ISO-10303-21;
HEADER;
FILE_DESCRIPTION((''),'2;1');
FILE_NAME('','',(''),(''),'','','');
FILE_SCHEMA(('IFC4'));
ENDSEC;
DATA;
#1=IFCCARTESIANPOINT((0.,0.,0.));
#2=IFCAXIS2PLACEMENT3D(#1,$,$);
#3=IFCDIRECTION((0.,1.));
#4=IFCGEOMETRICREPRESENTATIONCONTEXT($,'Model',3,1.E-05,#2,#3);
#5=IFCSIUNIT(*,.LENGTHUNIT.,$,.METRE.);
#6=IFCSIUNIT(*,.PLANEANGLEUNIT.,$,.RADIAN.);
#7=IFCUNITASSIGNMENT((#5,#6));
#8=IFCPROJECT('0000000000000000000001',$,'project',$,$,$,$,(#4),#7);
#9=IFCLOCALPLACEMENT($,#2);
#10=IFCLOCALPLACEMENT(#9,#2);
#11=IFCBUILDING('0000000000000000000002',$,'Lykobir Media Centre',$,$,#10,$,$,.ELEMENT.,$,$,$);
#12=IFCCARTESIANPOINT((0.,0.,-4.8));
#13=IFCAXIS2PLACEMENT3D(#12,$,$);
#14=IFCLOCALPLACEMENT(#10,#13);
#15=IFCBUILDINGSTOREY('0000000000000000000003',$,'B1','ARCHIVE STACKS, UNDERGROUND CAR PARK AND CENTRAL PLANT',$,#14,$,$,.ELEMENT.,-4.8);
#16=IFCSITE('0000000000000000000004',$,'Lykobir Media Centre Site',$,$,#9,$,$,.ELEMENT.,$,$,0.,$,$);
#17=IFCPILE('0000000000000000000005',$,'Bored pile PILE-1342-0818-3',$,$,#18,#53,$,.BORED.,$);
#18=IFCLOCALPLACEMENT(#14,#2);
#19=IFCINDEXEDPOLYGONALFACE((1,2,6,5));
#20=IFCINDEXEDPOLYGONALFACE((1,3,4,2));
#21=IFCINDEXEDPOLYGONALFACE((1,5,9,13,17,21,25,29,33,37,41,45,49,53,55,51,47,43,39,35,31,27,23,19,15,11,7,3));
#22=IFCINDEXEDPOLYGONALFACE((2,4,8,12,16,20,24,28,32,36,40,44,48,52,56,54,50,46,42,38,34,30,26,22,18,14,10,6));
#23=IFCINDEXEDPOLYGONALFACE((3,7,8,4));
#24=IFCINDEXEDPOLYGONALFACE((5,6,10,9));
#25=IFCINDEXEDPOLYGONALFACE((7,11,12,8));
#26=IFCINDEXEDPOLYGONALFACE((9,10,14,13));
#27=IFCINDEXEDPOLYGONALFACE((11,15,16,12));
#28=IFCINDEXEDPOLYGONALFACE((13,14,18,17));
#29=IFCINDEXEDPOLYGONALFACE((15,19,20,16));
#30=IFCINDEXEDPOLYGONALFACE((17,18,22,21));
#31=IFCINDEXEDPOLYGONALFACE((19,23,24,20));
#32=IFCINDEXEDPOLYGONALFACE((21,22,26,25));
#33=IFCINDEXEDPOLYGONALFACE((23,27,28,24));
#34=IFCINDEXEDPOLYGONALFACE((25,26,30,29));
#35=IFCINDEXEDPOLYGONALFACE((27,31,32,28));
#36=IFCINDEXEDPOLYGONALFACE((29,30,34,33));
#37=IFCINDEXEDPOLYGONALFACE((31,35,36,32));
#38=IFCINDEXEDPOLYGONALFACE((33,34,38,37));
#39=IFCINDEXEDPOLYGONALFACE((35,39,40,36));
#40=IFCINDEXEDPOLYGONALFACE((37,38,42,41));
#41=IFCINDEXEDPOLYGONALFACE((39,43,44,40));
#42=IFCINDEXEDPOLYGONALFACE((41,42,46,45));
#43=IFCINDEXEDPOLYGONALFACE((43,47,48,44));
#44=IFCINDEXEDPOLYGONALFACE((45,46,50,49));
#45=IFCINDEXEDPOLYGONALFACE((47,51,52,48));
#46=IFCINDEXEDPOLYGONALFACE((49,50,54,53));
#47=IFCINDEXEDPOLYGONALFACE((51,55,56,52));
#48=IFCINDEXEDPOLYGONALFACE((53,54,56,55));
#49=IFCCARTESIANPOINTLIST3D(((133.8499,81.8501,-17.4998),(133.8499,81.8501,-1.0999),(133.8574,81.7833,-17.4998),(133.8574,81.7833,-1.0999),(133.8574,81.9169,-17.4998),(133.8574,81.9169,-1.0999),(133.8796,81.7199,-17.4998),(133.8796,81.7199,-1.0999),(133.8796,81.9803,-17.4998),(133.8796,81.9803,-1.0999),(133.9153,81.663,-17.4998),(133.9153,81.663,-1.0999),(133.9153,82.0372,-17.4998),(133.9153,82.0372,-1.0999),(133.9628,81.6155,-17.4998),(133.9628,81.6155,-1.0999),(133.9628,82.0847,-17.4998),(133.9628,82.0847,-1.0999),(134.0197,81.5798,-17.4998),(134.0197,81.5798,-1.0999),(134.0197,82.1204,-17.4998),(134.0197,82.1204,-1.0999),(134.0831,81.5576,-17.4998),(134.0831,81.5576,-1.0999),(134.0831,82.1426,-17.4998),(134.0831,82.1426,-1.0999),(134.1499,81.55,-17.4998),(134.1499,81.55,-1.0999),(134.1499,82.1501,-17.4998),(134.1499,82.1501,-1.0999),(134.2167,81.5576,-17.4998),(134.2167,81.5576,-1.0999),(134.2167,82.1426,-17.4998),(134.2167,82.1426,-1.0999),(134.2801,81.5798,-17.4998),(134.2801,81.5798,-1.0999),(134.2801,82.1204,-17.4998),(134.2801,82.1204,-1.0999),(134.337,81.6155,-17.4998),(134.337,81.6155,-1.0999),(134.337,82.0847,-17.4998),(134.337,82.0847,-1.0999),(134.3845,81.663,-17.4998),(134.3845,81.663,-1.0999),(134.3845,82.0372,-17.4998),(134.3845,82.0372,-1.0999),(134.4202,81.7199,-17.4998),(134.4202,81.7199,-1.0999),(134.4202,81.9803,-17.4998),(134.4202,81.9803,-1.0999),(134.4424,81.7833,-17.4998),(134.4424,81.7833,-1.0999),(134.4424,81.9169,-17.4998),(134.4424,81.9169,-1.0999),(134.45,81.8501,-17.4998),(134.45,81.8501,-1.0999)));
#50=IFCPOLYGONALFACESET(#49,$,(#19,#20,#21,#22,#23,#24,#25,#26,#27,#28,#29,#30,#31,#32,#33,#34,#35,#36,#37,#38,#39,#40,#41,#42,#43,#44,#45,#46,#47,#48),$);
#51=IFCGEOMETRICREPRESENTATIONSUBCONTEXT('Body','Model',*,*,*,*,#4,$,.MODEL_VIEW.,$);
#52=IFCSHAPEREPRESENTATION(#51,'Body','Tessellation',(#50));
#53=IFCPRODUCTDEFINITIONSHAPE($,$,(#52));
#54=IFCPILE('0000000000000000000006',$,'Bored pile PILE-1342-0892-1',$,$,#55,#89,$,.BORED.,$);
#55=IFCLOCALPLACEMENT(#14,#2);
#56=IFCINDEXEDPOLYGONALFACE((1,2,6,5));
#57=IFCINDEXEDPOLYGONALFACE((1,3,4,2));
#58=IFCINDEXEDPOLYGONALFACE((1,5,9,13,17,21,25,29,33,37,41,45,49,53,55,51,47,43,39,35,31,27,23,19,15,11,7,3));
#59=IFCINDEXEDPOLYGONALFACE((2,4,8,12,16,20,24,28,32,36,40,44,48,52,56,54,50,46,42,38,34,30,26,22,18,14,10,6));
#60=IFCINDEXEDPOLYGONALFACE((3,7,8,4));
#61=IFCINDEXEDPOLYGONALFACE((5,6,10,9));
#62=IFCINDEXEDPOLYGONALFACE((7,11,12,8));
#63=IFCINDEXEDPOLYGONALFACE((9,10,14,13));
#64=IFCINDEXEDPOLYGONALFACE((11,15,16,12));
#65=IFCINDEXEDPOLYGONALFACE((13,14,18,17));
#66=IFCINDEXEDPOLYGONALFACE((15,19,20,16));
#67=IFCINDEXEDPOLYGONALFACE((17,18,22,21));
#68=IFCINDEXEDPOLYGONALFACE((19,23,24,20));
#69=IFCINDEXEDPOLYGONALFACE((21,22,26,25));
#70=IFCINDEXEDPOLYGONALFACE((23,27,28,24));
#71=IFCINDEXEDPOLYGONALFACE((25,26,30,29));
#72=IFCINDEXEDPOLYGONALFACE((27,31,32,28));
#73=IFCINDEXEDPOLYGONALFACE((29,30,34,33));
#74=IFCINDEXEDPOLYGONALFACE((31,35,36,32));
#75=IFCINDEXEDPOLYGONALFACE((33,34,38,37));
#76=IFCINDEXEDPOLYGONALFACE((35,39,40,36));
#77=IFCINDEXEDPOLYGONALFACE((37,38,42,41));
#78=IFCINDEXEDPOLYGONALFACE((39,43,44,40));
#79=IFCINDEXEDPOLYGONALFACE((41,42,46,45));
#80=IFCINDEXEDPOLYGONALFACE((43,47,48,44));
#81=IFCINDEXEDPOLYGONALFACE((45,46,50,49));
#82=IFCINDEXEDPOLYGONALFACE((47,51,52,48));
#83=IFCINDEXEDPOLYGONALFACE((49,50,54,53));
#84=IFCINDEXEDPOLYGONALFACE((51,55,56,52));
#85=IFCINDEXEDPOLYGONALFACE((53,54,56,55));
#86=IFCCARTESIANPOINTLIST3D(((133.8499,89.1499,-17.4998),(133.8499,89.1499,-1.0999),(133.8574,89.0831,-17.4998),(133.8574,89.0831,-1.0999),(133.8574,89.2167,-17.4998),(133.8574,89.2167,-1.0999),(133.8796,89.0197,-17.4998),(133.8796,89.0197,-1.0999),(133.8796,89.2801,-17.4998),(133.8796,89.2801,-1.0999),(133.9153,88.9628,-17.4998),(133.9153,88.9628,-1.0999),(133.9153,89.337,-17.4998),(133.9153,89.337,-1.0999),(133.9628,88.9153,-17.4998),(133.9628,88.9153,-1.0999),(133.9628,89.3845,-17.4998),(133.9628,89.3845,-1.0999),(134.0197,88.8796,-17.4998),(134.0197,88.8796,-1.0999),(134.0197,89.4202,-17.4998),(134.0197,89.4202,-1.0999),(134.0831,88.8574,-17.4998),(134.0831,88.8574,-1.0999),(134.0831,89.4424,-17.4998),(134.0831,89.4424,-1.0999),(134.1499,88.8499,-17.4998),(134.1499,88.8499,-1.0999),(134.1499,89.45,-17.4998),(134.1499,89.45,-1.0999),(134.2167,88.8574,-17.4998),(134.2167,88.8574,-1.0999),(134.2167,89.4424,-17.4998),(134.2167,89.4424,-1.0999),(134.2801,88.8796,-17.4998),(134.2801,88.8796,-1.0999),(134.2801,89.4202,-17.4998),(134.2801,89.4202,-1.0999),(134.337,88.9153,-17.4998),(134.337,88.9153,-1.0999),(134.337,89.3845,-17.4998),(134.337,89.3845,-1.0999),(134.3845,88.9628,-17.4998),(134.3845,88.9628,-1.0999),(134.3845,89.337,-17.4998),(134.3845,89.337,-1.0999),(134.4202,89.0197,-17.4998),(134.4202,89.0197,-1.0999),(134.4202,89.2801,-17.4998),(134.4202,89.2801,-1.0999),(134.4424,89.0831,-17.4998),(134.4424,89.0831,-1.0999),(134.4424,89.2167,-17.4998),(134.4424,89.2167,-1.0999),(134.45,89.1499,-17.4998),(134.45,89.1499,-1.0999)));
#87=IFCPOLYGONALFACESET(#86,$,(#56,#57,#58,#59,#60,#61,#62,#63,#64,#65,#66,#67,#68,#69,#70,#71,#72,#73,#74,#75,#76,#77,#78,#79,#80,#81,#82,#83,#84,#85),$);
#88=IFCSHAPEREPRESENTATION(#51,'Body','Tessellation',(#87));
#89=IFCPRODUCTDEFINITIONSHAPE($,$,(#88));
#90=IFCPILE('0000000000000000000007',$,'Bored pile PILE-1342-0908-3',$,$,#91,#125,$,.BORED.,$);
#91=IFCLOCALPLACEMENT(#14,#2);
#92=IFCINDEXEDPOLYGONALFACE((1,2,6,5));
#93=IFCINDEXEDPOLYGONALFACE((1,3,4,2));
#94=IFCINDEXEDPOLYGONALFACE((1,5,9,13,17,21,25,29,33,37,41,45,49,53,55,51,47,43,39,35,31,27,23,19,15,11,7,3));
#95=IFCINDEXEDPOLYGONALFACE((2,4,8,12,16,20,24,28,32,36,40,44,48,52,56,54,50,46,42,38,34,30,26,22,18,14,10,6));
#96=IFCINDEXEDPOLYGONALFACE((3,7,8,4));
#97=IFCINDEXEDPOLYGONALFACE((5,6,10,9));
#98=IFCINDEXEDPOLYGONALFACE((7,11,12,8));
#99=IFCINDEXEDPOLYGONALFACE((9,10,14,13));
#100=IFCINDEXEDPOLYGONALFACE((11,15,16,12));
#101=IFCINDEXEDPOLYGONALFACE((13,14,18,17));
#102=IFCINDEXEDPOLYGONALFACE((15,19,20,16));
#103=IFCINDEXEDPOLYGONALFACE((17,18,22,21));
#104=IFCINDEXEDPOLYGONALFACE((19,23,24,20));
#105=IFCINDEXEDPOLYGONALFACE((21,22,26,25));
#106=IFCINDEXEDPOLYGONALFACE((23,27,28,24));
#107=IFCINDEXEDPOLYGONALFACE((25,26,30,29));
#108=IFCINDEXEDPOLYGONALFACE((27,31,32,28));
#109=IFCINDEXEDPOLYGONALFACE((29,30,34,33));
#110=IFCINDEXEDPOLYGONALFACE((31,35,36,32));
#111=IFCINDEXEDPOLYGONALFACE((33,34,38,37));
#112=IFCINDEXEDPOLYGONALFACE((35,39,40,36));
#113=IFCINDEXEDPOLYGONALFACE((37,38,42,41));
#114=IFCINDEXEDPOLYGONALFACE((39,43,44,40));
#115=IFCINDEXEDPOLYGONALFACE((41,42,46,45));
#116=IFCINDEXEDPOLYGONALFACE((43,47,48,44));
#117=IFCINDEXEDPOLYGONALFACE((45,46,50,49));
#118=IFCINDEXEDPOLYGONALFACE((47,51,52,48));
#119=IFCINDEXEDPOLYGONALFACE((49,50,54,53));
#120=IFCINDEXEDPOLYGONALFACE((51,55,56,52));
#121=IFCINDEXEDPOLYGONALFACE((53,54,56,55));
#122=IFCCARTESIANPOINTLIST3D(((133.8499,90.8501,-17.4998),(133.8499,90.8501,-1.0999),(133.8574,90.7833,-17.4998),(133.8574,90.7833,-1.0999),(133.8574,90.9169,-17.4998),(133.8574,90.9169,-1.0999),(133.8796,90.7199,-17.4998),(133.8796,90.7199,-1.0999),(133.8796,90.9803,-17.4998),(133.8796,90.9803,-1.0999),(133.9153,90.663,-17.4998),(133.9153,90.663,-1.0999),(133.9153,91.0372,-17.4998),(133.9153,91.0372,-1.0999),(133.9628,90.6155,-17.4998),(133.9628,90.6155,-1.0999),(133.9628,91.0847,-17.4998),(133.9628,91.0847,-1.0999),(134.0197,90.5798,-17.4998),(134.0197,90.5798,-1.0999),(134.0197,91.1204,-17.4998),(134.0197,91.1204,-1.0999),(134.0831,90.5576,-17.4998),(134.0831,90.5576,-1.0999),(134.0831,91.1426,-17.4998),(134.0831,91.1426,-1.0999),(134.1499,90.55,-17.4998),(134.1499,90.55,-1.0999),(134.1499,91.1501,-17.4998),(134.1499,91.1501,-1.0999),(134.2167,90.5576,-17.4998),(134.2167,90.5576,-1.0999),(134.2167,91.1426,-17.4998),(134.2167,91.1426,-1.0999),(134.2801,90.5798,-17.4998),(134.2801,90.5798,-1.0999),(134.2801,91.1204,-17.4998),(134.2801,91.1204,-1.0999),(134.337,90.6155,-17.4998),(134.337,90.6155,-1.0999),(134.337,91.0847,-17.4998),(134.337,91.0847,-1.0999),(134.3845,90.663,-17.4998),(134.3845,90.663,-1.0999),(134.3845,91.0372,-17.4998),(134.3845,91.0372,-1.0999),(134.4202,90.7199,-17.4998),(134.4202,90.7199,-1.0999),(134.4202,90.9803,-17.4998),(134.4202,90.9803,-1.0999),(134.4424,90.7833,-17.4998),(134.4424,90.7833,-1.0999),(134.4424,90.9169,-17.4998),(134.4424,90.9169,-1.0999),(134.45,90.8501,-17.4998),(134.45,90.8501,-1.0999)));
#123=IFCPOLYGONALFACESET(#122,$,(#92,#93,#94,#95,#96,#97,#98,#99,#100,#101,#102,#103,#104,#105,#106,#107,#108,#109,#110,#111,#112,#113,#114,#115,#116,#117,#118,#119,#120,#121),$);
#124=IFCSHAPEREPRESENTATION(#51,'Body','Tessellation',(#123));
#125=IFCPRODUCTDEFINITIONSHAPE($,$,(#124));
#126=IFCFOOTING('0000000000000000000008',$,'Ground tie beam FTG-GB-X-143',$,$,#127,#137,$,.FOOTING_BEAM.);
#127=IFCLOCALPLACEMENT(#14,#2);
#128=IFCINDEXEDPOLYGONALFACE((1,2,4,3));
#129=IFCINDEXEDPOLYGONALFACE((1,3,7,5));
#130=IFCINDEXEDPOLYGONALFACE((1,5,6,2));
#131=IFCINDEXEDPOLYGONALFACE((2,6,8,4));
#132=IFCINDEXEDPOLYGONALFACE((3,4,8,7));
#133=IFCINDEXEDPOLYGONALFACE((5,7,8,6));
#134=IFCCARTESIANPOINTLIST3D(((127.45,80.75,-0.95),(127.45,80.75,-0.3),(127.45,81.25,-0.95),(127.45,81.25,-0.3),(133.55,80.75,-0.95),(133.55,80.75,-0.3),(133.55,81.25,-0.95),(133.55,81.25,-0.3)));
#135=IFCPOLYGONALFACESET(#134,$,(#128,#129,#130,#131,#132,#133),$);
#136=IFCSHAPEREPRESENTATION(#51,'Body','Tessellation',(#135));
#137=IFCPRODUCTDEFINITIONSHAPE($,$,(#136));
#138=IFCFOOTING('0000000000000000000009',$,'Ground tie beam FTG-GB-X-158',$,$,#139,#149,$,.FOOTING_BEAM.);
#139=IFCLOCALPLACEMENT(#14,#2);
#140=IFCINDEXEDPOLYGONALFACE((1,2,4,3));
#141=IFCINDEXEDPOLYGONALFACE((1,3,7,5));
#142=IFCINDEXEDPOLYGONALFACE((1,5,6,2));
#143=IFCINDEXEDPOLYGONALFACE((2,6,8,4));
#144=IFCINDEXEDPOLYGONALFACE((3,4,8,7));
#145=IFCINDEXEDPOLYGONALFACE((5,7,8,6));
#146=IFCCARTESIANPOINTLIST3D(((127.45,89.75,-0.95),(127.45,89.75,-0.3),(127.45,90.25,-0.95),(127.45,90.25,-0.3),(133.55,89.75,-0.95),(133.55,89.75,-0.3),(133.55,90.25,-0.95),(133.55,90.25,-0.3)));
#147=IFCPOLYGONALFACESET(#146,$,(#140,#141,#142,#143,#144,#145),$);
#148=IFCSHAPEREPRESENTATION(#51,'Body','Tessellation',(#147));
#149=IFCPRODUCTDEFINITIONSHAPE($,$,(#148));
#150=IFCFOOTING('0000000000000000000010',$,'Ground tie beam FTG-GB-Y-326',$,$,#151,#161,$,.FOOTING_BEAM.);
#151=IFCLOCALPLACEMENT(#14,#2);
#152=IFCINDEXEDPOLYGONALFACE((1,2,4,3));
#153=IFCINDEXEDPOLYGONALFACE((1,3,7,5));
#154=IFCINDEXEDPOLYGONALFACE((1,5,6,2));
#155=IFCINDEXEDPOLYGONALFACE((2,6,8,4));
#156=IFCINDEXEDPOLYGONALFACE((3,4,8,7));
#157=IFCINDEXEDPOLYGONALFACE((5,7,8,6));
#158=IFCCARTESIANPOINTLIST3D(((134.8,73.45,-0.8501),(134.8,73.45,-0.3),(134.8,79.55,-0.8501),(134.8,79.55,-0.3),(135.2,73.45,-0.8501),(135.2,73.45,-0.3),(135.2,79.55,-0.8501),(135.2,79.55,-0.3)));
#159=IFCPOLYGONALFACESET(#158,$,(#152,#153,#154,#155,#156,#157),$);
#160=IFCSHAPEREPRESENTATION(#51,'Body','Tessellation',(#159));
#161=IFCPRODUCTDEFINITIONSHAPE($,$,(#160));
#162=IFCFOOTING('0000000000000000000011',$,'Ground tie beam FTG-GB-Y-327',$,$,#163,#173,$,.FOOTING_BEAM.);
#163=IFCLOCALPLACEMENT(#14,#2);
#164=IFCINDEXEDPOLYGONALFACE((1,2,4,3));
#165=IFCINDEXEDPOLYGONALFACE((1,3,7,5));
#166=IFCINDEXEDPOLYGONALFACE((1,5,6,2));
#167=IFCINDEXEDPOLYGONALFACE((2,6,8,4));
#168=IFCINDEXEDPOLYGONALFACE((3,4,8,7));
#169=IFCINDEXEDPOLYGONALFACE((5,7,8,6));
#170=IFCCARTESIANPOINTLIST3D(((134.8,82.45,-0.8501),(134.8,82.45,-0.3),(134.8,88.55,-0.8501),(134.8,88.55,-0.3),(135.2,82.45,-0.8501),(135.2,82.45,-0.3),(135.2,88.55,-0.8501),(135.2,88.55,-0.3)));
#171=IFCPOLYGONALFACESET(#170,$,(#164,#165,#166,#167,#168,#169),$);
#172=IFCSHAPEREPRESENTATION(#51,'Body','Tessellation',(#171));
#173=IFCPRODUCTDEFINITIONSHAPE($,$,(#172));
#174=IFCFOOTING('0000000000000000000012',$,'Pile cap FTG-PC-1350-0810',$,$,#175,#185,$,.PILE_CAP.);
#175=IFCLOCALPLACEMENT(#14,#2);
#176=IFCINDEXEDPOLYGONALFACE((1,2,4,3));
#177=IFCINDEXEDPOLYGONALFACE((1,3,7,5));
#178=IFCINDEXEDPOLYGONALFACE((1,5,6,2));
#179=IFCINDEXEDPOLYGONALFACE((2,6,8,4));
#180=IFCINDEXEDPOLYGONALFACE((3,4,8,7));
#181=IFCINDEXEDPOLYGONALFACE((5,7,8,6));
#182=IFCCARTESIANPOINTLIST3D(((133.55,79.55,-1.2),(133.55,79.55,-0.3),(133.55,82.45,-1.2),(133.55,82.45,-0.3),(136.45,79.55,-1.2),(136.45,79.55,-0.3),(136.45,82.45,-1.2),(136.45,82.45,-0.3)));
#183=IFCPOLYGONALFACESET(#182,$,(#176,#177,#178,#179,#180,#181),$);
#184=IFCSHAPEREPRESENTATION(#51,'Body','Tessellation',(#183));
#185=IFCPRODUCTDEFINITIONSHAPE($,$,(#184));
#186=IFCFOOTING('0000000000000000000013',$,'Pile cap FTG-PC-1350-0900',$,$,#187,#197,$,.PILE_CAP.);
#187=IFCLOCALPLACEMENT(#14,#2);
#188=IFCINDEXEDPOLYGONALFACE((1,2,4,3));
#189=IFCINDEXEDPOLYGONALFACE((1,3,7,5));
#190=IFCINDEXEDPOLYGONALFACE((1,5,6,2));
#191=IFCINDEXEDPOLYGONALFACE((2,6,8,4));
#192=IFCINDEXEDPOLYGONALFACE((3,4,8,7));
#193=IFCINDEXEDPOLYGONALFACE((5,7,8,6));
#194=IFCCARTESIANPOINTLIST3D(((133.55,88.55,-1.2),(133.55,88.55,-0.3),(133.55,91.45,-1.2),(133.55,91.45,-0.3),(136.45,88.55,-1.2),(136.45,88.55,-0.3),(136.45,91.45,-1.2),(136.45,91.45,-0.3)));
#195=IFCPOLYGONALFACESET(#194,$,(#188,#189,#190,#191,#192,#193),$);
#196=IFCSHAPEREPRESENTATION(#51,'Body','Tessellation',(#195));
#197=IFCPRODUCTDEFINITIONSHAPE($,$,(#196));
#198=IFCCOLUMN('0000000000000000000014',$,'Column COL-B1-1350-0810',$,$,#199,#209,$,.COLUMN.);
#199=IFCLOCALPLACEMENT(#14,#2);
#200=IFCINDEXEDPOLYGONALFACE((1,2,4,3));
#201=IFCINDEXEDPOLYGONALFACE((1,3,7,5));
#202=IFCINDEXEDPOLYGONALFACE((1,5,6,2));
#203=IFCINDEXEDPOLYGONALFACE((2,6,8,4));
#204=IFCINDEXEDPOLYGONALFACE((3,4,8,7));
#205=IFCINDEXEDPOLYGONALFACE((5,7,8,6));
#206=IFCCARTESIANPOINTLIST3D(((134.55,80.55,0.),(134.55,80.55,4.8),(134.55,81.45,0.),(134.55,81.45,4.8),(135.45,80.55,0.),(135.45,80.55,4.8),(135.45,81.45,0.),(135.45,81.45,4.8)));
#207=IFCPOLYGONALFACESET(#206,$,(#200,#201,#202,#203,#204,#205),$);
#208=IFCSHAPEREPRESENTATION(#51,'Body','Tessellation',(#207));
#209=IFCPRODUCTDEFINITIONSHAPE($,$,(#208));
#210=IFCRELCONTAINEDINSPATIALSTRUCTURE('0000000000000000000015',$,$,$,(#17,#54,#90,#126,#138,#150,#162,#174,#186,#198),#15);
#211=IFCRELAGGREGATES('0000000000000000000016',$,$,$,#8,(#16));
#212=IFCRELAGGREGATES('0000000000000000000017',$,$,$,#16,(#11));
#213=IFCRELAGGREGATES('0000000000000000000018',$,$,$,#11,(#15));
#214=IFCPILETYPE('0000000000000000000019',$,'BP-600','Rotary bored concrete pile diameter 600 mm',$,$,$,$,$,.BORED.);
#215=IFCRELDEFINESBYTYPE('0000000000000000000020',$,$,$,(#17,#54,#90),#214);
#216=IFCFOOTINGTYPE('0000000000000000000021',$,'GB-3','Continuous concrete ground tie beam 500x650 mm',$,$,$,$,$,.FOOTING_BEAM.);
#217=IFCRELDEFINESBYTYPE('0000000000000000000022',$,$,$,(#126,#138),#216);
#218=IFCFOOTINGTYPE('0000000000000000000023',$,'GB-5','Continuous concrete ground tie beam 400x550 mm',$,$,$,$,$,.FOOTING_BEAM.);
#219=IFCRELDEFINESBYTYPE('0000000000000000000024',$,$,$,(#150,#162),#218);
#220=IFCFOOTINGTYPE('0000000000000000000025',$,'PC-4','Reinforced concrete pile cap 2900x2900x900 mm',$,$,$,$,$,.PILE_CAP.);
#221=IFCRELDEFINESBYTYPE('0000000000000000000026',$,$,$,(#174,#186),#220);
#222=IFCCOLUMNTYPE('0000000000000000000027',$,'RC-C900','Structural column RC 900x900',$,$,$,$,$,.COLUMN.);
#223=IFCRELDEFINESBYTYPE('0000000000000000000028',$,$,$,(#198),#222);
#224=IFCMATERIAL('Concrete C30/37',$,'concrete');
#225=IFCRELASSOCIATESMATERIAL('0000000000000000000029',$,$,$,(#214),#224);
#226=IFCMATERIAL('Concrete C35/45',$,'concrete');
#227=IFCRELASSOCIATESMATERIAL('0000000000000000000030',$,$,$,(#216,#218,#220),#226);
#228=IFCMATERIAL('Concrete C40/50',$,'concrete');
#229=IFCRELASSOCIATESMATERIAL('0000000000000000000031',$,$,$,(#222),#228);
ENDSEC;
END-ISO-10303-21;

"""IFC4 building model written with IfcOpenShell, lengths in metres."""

from ifc_helpers import new_model, si_unit, direction, frame, origin, origin_2d, place, context, subcontext, project, spatial, rectangle, circle, extrude, material, material_profile, profile_set, type_object, element, save


model = new_model("IFC4")

# Units and contexts
model_context = context("Model", 3, precision=1e-05, world=origin(), true_north=direction((0.0, 1.0)))
body_context = subcontext(model_context, "Body", "Model", "MODEL_VIEW")
ifc_project = project(units=[si_unit("LENGTHUNIT", "METRE"), si_unit("PLANEANGLEUNIT", "RADIAN")], contexts=[model_context])

# Site, building, storey
site_placement = place(None, origin())
site = spatial("IfcSite", under=ifc_project, at=site_placement, Name="Lykobir Media Centre Site", CompositionType="ELEMENT", RefElevation=0.0)
building_placement = place(site_placement, origin())
building = spatial("IfcBuilding", under=site, at=building_placement, Name="Lykobir Media Centre", CompositionType="ELEMENT")
storey_placement = place(building_placement, frame((0.0, 0.0, -4.8)))
storey = spatial("IfcBuildingStorey", under=building, at=storey_placement, Name="B1", Description="ARCHIVE STACKS, UNDERGROUND CAR PARK AND CENTRAL PLANT", CompositionType="ELEMENT", Elevation=-4.8)

# Piles
ifc_material_1 = material(Name="Concrete C30/37", Category="concrete")
ifc_material_profile_1 = material_profile(ifc_material_1, circle(Radius=0.3, at=origin_2d()), Name="BORED PILE D600")
ifc_profile_set_1 = profile_set([ifc_material_profile_1], Name="Concrete C30/37")
pile_type = type_object("IfcPileType", Name="BP-600", Description="Rotary bored concrete pile diameter 600 mm", PredefinedType="BORED", material=ifc_profile_set_1)
for number, where, z_axis, x_axis, name in (
    (1, (134.1499, 81.8501, -1.0999), (0.0, 0.0, -1.0), (1.0, 0.0, 0.0), "Bored pile PILE-1342-0818-3"),
    (2, (134.1499, 89.1499, -1.0999), (0.0, 0.0, -1.0), (1.0, 0.0, 0.0), "Bored pile PILE-1342-0892-1"),
    (3, (134.1499, 90.8501, -1.0999), (0.0, 0.0, -1.0), (1.0, 0.0, 0.0), "Bored pile PILE-1342-0908-3"),
):
    element("IfcPile", number, at=place(storey_placement, frame(where, z_axis=z_axis, x_axis=x_axis)), inside=storey, type_object=pile_type, Name=name, PredefinedType="BORED", context=body_context, shape_type="SweptSolid", body=[
        extrude(circle(Radius=0.3, at=origin_2d()), origin(), (0.0, 0.0, 1.0), 16.3999),
    ])

# Footings
ifc_material_2 = material(Name="Concrete C35/45", Category="concrete")
footing_type_1 = type_object("IfcFootingType", Name="GB-3", Description="Continuous concrete ground tie beam 500x650 mm", PredefinedType="FOOTING_BEAM", material=ifc_material_2)
for number, where, z_axis, x_axis, name in (
    (4, (130.5, 81.0, -0.95), (0.0, 0.0, 1.0), (1.0, 0.0, 0.0), "Ground tie beam FTG-GB-X-143"),
    (5, (130.5, 90.0, -0.95), (0.0, 0.0, 1.0), (1.0, 0.0, 0.0), "Ground tie beam FTG-GB-X-158"),
):
    element("IfcFooting", number, at=place(storey_placement, frame(where, z_axis=z_axis, x_axis=x_axis)), inside=storey, type_object=footing_type_1, Name=name, PredefinedType="FOOTING_BEAM", context=body_context, shape_type="SweptSolid", body=[
        extrude(rectangle(XDim=6.1001, YDim=0.5, at=origin_2d()), origin(), (0.0, 0.0, 1.0), 0.6499),
    ])
footing_type_2 = type_object("IfcFootingType", Name="GB-5", Description="Continuous concrete ground tie beam 400x550 mm", PredefinedType="FOOTING_BEAM", material=ifc_material_2)
for number, where, z_axis, x_axis, name in (
    (6, (135.0, 76.5, -0.8501), (0.0, 0.0, 1.0), (0.0, 1.0, 0.0), "Ground tie beam FTG-GB-Y-326"),
    (7, (135.0, 85.5, -0.8501), (0.0, 0.0, 1.0), (0.0, 1.0, 0.0), "Ground tie beam FTG-GB-Y-327"),
):
    element("IfcFooting", number, at=place(storey_placement, frame(where, z_axis=z_axis, x_axis=x_axis)), inside=storey, type_object=footing_type_2, Name=name, PredefinedType="FOOTING_BEAM", context=body_context, shape_type="SweptSolid", body=[
        extrude(rectangle(XDim=6.1001, YDim=0.3999, at=origin_2d()), origin(), (0.0, 0.0, 1.0), 0.55),
    ])
footing_type_3 = type_object("IfcFootingType", Name="PC-4", Description="Reinforced concrete pile cap 2900x2900x900 mm", PredefinedType="PILE_CAP", material=ifc_material_2)
for number, where, z_axis, x_axis, name in (
    (8, (135.0, 81.0, -1.2), (0.0, 0.0, 1.0), (1.0, 0.0, 0.0), "Pile cap FTG-PC-1350-0810"),
    (9, (135.0, 90.0, -1.2), (0.0, 0.0, 1.0), (1.0, 0.0, 0.0), "Pile cap FTG-PC-1350-0900"),
):
    element("IfcFooting", number, at=place(storey_placement, frame(where, z_axis=z_axis, x_axis=x_axis)), inside=storey, type_object=footing_type_3, Name=name, PredefinedType="PILE_CAP", context=body_context, shape_type="SweptSolid", body=[
        extrude(rectangle(XDim=2.8999, YDim=2.8999, at=origin_2d()), origin(), (0.0, 0.0, 1.0), 0.8999),
    ])

# Column
ifc_material_3 = material(Name="Concrete C40/50", Category="concrete")
ifc_material_profile_2 = material_profile(ifc_material_3, rectangle(XDim=0.8999, YDim=0.8999, at=origin_2d()), Name="RC 900x900")
ifc_profile_set_2 = profile_set([ifc_material_profile_2], Name="Concrete C40/50")
column_type = type_object("IfcColumnType", Name="RC-C900", Description="Structural column RC 900x900", PredefinedType="COLUMN", material=ifc_profile_set_2)
for number, where, z_axis, x_axis, name in (
    (10, (135.0, 81.0, 0.0), (0.0, 0.0, 1.0), (1.0, 0.0, 0.0), "Column COL-B1-1350-0810"),
):
    element("IfcColumn", number, at=place(storey_placement, frame(where, z_axis=z_axis, x_axis=x_axis)), inside=storey, type_object=column_type, Name=name, PredefinedType="COLUMN", context=body_context, shape_type="SweptSolid", body=[
        extrude(rectangle(XDim=0.8999, YDim=0.8999, at=origin_2d()), origin(), (0.0, 0.0, 1.0), 4.8),
    ])

save(model, "model.ifc")
